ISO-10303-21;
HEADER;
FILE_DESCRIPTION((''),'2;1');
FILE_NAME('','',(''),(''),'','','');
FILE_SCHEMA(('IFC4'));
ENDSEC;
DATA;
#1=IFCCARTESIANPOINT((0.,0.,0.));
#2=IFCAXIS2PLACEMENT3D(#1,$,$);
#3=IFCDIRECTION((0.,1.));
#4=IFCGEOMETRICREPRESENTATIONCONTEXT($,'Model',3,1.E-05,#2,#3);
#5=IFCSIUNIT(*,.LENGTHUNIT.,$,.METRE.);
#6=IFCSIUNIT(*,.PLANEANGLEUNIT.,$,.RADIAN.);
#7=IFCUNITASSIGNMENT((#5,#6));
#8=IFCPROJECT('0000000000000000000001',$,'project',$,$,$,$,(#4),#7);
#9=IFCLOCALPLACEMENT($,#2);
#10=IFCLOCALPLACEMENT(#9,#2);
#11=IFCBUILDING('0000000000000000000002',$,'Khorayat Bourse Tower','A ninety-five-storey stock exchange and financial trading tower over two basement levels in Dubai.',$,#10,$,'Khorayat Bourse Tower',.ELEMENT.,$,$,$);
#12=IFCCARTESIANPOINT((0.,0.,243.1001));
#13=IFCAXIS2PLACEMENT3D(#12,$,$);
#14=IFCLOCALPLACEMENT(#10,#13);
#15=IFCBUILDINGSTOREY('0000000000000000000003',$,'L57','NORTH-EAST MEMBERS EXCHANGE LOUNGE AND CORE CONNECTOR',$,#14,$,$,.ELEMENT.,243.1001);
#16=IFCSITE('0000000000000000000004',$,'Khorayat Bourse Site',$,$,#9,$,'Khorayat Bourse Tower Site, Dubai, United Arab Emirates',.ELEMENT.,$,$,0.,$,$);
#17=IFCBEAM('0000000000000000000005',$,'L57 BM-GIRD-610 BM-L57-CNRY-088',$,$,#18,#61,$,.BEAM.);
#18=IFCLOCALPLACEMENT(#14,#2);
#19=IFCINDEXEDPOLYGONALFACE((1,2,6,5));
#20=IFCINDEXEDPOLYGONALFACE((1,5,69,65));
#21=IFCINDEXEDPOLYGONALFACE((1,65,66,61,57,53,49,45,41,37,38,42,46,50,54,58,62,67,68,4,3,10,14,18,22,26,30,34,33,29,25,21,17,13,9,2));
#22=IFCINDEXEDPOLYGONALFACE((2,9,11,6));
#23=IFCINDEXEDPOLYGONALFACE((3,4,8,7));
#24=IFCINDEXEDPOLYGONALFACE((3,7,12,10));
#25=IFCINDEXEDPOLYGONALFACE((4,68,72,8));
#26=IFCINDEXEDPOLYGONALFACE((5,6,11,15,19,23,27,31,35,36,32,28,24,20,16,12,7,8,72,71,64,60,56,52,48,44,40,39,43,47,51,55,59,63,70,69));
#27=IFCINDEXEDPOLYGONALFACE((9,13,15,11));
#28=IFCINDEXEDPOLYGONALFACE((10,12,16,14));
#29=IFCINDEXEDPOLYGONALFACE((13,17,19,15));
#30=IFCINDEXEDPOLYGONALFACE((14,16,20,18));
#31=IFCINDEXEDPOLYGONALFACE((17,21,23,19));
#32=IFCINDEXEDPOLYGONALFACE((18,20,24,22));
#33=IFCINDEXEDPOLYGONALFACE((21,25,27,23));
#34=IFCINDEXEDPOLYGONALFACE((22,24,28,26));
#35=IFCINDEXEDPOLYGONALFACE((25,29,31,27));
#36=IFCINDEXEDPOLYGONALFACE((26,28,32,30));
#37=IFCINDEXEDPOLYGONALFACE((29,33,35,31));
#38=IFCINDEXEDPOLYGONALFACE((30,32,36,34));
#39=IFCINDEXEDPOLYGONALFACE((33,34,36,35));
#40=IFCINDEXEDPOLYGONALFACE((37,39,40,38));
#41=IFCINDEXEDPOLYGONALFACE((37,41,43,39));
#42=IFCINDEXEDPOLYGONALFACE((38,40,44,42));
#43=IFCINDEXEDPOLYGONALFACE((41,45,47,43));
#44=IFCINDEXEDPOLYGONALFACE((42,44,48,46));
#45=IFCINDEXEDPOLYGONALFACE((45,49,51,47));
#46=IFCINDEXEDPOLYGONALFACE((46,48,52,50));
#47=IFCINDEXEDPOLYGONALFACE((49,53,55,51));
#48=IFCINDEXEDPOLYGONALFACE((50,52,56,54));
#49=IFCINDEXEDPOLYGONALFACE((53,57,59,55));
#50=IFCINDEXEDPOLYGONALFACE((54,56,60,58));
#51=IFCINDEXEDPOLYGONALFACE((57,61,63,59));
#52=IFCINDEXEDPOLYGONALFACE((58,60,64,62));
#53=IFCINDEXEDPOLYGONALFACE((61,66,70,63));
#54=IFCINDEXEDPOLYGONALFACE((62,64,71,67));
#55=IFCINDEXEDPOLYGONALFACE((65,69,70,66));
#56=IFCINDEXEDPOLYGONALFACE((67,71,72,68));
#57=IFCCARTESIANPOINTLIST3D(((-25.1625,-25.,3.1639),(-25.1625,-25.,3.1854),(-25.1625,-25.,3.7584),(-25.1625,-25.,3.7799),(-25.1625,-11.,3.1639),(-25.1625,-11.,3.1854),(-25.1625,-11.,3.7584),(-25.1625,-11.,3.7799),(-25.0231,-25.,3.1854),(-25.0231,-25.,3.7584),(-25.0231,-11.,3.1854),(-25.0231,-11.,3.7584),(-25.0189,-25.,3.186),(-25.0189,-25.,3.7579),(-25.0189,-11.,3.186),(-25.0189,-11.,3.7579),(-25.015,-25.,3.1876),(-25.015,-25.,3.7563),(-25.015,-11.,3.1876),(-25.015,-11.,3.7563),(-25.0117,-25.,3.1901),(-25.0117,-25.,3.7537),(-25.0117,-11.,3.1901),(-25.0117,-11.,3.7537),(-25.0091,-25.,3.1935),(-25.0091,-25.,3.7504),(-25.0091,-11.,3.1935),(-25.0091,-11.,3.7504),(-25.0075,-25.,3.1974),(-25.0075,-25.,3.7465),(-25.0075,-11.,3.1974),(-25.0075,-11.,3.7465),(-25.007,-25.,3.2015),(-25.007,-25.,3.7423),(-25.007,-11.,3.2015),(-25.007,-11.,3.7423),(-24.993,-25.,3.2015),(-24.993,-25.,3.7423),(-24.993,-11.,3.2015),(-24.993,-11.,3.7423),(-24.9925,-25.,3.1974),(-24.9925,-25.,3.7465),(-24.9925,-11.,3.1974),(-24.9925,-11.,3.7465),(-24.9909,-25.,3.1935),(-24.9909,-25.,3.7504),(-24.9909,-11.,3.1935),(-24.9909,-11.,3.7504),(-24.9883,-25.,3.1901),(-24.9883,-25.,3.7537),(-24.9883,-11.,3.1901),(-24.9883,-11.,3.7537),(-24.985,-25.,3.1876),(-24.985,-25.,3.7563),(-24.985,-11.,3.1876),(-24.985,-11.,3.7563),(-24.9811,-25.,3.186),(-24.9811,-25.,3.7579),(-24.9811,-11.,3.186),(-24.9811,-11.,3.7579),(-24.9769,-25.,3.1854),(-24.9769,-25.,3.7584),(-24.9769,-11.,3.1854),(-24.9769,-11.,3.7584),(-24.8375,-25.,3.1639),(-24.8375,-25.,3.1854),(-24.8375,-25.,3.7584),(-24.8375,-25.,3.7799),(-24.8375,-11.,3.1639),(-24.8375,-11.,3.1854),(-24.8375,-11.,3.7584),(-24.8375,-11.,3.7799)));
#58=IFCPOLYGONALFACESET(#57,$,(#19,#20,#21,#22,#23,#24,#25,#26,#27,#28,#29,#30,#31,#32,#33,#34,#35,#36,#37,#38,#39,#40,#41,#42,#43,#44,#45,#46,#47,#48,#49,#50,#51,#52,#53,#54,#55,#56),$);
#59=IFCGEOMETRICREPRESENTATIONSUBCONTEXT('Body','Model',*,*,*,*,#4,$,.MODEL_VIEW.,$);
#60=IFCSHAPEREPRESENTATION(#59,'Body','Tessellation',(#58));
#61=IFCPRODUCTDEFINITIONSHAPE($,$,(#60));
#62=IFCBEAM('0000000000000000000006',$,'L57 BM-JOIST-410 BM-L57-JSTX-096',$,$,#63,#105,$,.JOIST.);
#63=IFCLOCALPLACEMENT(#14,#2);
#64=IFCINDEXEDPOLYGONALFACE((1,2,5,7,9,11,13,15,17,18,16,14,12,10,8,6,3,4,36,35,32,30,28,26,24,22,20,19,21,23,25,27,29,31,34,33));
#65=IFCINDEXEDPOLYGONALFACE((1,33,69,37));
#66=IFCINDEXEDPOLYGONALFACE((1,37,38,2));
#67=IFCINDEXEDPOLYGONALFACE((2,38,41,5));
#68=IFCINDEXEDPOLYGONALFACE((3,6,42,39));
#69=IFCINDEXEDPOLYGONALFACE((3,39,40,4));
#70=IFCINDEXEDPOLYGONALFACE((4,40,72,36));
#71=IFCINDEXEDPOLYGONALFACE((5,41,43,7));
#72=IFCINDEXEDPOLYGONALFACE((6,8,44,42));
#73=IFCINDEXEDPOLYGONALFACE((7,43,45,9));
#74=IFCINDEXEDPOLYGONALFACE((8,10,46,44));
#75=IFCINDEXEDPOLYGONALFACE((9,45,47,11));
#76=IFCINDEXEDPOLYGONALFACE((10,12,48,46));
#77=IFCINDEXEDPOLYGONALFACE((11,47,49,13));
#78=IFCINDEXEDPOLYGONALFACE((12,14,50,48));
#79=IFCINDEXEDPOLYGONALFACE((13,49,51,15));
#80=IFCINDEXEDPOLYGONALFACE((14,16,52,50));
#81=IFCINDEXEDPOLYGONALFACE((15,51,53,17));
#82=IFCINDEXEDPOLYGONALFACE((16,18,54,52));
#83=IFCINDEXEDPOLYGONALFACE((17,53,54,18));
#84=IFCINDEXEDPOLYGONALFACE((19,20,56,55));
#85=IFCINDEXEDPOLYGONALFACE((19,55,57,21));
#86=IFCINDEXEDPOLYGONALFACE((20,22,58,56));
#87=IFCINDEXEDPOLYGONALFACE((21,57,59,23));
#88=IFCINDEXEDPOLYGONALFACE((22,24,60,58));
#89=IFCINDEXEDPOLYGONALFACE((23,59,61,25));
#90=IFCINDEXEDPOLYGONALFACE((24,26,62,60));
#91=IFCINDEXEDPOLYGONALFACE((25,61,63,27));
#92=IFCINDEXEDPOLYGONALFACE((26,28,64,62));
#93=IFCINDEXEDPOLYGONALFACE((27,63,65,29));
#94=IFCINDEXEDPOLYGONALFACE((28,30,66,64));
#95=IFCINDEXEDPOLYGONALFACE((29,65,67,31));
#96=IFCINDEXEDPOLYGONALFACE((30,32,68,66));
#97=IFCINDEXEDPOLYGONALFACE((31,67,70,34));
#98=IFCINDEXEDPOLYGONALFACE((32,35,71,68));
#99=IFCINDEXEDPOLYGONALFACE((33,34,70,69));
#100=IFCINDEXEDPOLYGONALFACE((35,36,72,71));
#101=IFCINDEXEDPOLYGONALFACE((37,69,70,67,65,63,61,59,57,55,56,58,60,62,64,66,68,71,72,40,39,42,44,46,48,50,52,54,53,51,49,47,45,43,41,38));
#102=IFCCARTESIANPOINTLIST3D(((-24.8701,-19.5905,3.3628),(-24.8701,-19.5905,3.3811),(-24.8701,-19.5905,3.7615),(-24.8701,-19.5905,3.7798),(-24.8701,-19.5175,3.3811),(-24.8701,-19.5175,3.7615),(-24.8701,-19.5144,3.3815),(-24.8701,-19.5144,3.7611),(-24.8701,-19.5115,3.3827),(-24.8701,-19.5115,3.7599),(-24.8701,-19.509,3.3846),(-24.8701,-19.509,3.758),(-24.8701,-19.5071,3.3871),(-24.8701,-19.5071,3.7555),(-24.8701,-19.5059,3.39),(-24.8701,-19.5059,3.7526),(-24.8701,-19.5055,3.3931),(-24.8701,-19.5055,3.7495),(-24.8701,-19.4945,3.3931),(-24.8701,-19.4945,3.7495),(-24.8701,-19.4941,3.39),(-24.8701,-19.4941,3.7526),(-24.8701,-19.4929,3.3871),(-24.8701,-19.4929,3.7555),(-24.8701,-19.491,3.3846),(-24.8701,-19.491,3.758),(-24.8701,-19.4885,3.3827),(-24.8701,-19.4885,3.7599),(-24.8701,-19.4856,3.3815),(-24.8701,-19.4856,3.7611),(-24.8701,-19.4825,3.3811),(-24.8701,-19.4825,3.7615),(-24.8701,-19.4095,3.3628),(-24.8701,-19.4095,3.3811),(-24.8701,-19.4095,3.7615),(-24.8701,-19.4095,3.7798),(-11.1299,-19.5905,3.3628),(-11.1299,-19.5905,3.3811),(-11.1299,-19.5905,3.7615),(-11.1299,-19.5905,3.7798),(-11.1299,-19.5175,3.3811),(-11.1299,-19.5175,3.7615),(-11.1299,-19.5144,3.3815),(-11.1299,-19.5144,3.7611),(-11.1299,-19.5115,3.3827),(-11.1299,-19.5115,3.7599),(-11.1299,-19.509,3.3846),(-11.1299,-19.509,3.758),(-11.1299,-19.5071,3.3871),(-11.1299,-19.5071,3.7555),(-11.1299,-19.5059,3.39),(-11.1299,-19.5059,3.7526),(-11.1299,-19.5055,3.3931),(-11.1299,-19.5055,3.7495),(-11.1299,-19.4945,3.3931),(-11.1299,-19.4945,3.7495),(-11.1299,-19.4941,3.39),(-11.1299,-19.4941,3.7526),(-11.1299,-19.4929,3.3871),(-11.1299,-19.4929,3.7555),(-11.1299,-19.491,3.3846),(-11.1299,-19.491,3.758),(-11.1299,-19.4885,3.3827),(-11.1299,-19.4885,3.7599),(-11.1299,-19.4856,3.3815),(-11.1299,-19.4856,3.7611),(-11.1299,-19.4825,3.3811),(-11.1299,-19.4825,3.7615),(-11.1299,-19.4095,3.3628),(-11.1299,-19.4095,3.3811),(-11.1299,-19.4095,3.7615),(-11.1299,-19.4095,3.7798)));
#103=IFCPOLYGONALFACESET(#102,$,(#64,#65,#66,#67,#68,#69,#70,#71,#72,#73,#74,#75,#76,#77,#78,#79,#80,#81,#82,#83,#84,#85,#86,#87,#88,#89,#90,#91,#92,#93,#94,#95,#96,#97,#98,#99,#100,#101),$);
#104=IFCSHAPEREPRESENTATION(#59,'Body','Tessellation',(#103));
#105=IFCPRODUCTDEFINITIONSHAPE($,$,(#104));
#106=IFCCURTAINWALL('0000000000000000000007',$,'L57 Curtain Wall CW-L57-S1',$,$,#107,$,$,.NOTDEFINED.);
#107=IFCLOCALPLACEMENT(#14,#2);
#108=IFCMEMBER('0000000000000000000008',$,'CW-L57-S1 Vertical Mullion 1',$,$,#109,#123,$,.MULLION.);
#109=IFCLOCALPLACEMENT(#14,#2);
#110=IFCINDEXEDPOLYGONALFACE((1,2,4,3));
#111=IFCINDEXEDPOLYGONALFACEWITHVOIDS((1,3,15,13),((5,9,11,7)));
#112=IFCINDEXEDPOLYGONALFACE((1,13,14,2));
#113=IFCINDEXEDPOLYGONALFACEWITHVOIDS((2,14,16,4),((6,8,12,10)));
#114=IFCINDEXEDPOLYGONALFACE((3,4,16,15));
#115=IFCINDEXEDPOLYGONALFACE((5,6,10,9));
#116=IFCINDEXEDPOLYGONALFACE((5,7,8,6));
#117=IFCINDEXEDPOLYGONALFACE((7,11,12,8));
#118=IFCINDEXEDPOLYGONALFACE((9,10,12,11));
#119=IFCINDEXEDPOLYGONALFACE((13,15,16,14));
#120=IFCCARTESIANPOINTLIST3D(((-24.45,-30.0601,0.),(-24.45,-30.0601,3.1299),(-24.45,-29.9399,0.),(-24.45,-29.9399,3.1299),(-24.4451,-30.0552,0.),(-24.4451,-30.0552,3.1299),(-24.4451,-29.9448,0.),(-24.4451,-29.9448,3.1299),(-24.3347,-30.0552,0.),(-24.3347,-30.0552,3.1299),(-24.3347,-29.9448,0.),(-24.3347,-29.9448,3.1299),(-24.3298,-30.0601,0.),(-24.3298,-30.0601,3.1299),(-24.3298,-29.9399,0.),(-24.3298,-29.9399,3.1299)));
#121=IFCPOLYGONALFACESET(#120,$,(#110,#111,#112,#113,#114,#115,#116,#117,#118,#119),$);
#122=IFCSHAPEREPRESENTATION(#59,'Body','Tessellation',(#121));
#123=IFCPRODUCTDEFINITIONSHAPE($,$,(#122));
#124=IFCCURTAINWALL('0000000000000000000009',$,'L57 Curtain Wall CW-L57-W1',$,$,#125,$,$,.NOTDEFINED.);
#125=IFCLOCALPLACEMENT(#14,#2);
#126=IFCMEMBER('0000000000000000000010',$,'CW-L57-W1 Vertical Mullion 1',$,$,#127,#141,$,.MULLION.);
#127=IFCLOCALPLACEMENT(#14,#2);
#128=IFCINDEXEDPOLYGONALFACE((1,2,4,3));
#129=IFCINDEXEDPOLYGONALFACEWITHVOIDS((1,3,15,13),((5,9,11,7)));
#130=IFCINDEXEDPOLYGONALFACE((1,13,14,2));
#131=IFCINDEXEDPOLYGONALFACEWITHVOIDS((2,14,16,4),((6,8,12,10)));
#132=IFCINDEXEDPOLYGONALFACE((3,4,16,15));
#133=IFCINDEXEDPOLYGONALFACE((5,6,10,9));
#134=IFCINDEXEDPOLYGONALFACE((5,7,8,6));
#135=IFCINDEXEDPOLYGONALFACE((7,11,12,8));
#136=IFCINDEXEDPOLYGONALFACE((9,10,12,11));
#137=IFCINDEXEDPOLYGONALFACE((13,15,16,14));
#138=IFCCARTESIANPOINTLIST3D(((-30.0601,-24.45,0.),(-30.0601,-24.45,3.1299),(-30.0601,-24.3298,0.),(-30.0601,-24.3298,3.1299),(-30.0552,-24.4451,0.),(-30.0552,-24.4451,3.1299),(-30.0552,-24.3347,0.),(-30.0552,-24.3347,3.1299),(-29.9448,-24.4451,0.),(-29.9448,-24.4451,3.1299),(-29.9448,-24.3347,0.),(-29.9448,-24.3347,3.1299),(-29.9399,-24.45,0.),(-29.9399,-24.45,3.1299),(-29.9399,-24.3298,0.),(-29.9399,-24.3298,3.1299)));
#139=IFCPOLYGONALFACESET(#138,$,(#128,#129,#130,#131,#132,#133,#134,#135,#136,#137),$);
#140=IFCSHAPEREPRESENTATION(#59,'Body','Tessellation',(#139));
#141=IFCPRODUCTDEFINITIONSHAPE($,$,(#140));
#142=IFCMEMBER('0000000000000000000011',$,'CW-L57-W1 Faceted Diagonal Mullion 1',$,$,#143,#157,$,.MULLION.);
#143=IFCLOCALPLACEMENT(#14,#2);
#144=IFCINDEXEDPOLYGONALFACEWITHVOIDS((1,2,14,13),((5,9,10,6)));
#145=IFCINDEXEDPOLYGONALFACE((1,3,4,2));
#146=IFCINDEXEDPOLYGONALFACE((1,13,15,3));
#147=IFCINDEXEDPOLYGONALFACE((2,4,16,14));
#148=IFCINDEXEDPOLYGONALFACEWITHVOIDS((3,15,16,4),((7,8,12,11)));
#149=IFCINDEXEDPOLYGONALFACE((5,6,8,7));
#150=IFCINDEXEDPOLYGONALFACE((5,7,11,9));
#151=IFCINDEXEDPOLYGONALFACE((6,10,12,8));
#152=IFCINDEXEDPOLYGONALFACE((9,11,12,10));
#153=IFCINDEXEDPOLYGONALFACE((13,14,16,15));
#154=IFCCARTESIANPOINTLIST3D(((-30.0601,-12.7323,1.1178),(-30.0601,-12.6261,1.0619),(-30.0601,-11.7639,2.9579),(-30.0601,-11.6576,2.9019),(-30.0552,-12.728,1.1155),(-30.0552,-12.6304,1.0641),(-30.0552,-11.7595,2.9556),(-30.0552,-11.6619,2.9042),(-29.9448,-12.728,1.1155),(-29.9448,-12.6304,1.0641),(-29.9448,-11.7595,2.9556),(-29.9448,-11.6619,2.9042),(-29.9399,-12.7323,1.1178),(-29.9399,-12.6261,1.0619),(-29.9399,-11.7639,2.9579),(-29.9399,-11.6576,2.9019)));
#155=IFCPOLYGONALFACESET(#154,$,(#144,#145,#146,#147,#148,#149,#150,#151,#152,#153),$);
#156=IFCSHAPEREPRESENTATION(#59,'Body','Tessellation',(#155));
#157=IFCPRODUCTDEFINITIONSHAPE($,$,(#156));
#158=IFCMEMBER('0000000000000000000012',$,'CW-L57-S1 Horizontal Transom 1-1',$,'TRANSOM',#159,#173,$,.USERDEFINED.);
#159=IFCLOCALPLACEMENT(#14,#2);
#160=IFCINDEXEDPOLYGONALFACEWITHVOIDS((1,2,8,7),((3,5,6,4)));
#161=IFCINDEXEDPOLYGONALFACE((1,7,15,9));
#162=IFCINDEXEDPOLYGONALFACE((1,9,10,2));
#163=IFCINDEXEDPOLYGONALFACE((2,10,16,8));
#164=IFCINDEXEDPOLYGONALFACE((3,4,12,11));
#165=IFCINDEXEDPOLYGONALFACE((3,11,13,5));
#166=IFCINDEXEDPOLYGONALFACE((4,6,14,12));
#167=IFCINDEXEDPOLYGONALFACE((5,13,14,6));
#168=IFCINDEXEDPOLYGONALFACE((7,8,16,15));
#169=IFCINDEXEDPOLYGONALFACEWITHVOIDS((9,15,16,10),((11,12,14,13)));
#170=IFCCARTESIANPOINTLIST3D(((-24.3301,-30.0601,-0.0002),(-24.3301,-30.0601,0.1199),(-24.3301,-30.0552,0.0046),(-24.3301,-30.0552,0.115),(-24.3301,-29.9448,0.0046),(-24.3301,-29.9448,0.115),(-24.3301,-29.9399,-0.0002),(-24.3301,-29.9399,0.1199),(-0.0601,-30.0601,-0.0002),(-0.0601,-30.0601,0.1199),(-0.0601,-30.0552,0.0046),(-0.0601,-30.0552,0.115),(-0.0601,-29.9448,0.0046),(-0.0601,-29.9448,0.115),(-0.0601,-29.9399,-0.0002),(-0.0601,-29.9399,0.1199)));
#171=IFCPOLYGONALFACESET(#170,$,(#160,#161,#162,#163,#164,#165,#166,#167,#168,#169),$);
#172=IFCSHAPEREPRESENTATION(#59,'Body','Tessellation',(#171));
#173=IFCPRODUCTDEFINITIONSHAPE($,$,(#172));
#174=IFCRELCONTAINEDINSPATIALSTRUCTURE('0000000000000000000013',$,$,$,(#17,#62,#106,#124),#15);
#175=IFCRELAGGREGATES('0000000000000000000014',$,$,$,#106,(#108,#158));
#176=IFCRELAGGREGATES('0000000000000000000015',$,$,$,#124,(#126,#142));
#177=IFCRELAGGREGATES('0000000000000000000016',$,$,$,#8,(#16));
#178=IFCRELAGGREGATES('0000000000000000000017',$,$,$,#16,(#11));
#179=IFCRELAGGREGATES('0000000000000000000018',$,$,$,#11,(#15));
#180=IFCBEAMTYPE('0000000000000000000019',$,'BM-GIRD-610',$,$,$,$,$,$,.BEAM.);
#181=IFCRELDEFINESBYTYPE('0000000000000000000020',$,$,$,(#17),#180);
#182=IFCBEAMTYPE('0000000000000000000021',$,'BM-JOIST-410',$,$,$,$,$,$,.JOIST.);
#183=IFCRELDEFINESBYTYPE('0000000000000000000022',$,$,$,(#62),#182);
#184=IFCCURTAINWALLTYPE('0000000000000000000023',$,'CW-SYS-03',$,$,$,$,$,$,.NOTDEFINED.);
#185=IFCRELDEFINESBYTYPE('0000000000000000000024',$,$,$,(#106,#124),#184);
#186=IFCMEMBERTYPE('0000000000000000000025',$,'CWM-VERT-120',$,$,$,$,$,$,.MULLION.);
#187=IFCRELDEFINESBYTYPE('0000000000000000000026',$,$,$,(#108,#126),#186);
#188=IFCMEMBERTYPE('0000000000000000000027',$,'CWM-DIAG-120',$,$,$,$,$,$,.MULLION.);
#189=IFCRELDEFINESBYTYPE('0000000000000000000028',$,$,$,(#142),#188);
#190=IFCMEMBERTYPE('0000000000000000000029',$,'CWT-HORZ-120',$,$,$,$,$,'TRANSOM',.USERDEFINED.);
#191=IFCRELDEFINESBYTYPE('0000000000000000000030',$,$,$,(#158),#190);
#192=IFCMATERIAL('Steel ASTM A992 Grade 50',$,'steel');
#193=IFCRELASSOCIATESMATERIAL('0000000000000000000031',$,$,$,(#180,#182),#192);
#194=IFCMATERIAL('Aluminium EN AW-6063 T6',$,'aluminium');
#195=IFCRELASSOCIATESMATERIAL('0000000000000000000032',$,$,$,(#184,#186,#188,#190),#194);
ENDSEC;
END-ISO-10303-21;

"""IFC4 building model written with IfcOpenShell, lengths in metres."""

from ifc_helpers import new_model, si_unit, direction, frame, origin, origin_2d, place, context, subcontext, project, spatial, hollow_rectangle, i_section, extrude, source, transform, mapped, material, material_profile, profile_set, type_object, element, aggregate, save


model = new_model("IFC4")

# Units and contexts
model_context = context("Model", 3, precision=1e-05, world=origin(), true_north=direction((0.0, 1.0)))
body_context = subcontext(model_context, "Body", "Model", "MODEL_VIEW")
ifc_project = project(units=[si_unit("LENGTHUNIT", "METRE"), si_unit("PLANEANGLEUNIT", "RADIAN")], contexts=[model_context])

# Site, building, storey
site_placement = place(None, origin())
site = spatial("IfcSite", under=ifc_project, at=site_placement, Name="Khorayat Bourse Site", LongName="Khorayat Bourse Tower Site, Dubai, United Arab Emirates", CompositionType="ELEMENT", RefElevation=0.0)
building_placement = place(site_placement, origin())
building = spatial("IfcBuilding", under=site, at=building_placement, Name="Khorayat Bourse Tower", Description="A ninety-five-storey stock exchange and financial trading tower over two basement levels in Dubai.", LongName="Khorayat Bourse Tower", CompositionType="ELEMENT")
storey_placement = place(building_placement, frame((0.0, 0.0, 243.1001)))
storey = spatial("IfcBuildingStorey", under=building, at=storey_placement, Name="L57", Description="NORTH-EAST MEMBERS EXCHANGE LOUNGE AND CORE CONNECTOR", CompositionType="ELEMENT", Elevation=243.1001)

# Beams
ifc_material_1 = material(Name="Steel ASTM A992 Grade 50", Category="steel")
ifc_material_profile_1 = material_profile(ifc_material_1, i_section(OverallWidth=0.325, OverallDepth=0.616, WebThickness=0.0139, FlangeThickness=0.0215, FilletRadius=0.0161, at=origin_2d()), Name="W610X174")
ifc_profile_set_1 = profile_set([ifc_material_profile_1], Name="Steel ASTM A992 Grade 50")
beam_type_1 = type_object("IfcBeamType", Name="BM-GIRD-610", PredefinedType="BEAM", material=ifc_profile_set_1)
shared_shape_1 = source(origin(), body_context, "Body", "SweptSolid", [
    extrude(i_section(OverallWidth=0.325, OverallDepth=0.616, WebThickness=0.0139, FlangeThickness=0.0215, FilletRadius=0.0161, at=origin_2d()), origin(), (0.0, 0.0, 1.0), 14.0),
])
beam_1_placement = place(storey_placement, frame((-25.0, -25.0, 3.4719), z_axis=(0.0, 1.0, 0.0), x_axis=(-1.0, 0.0, 0.0)))
element("IfcBeam", 1, at=beam_1_placement, inside=storey, type_object=beam_type_1, Name="L57 BM-GIRD-610 BM-L57-CNRY-088", PredefinedType="BEAM", context=body_context, shape_type="MappedRepresentation", body=[
    mapped(shared_shape_1, transform((0.0, 0.0, 0.0), scale=1.0)),
])
ifc_material_profile_2 = material_profile(ifc_material_1, i_section(OverallWidth=0.1809, OverallDepth=0.417, WebThickness=0.011, FlangeThickness=0.0183, FilletRadius=0.012, at=origin_2d()), Name="W410X85")
ifc_profile_set_2 = profile_set([ifc_material_profile_2], Name="Steel ASTM A992 Grade 50")
beam_type_2 = type_object("IfcBeamType", Name="BM-JOIST-410", PredefinedType="JOIST", material=ifc_profile_set_2)
shared_shape_2 = source(origin(), body_context, "Body", "SweptSolid", [
    extrude(i_section(OverallWidth=0.1809, OverallDepth=0.417, WebThickness=0.011, FlangeThickness=0.0183, FilletRadius=0.012, at=origin_2d()), origin(), (0.0, 0.0, 1.0), 13.7402),
])
beam_2_placement = place(storey_placement, frame((-24.8701, -19.5, 3.5713), z_axis=(1.0, 0.0, 0.0), x_axis=(0.0, 1.0, 0.0)))
element("IfcBeam", 2, at=beam_2_placement, inside=storey, type_object=beam_type_2, Name="L57 BM-JOIST-410 BM-L57-JSTX-096", PredefinedType="JOIST", context=body_context, shape_type="MappedRepresentation", body=[
    mapped(shared_shape_2, transform((0.0, 0.0, 0.0), scale=1.0)),
])

# Curtain wall, member
ifc_material_2 = material(Name="Aluminium EN AW-6063 T6", Category="aluminium")
curtain_wall_type = type_object("IfcCurtainWallType", Name="CW-SYS-03", PredefinedType="NOTDEFINED", material=ifc_material_2)
curtain_wall_1_placement = place(storey_placement, origin())
curtain_wall_1 = element("IfcCurtainWall", 3, at=curtain_wall_1_placement, inside=storey, type_object=curtain_wall_type, Name="L57 Curtain Wall CW-L57-S1", PredefinedType="NOTDEFINED")
ifc_material_profile_3 = material_profile(ifc_material_2, hollow_rectangle(XDim=0.1201, YDim=0.1201, WallThickness=0.0049, at=origin_2d()), Name="ALU 120x120x5")
ifc_profile_set_3 = profile_set([ifc_material_profile_3], Name="Aluminium EN AW-6063 T6")
member_type_1 = type_object("IfcMemberType", Name="CWM-VERT-120", PredefinedType="MULLION", material=ifc_profile_set_3)
shared_shape_3 = source(origin(), body_context, "Body", "SweptSolid", [
    extrude(hollow_rectangle(XDim=0.1201, YDim=0.1201, WallThickness=0.0049, at=origin_2d()), origin(), (0.0, 0.0, 1.0), 3.1299),
])
member_1_placement = place(storey_placement, frame((-24.3899, -30.0, 0.0), z_axis=(0.0, 0.0, 1.0), x_axis=(0.0, 1.0, 0.0)))
member_1 = element("IfcMember", 4, at=member_1_placement, type_object=member_type_1, Name="CW-L57-S1 Vertical Mullion 1", PredefinedType="MULLION", context=body_context, shape_type="MappedRepresentation", body=[
    mapped(shared_shape_3, transform((0.0, 0.0, 0.0), scale=1.0)),
])

# Curtain wall, members
curtain_wall_2_placement = place(storey_placement, origin())
curtain_wall_2 = element("IfcCurtainWall", 5, at=curtain_wall_2_placement, inside=storey, type_object=curtain_wall_type, Name="L57 Curtain Wall CW-L57-W1", PredefinedType="NOTDEFINED")
member_2_placement = place(storey_placement, frame((-30.0, -24.3899, 0.0), z_axis=(0.0, 0.0, 1.0), x_axis=(-1.0, 0.0, 0.0)))
member_2 = element("IfcMember", 6, at=member_2_placement, type_object=member_type_1, Name="CW-L57-W1 Vertical Mullion 1", PredefinedType="MULLION", context=body_context, shape_type="MappedRepresentation", body=[
    mapped(shared_shape_3, transform((0.0, 0.0, 0.0), scale=1.0)),
])
ifc_material_profile_4 = material_profile(ifc_material_2, hollow_rectangle(XDim=0.1201, YDim=0.1201, WallThickness=0.0049, at=origin_2d()), Name="ALU 120x120x5")
ifc_profile_set_4 = profile_set([ifc_material_profile_4], Name="Aluminium EN AW-6063 T6")
member_type_2 = type_object("IfcMemberType", Name="CWM-DIAG-120", PredefinedType="MULLION", material=ifc_profile_set_4)
shared_shape_4 = source(origin(), body_context, "Body", "SweptSolid", [
    extrude(hollow_rectangle(XDim=0.1201, YDim=0.1201, WallThickness=0.0049, at=origin_2d()), origin(), (0.0, 0.0, 1.0), 2.0793),
])
member_3_placement = place(storey_placement, frame((-30.0, -12.6792, 1.0898), z_axis=(0.0, 0.465761, 0.884911), x_axis=(-1.0, 0.0, 0.0)))
member_3 = element("IfcMember", 7, at=member_3_placement, type_object=member_type_2, Name="CW-L57-W1 Faceted Diagonal Mullion 1", PredefinedType="MULLION", context=body_context, shape_type="MappedRepresentation", body=[
    mapped(shared_shape_4, transform((0.0, 0.0, 0.0), scale=1.0)),
])

# Member
ifc_material_profile_5 = material_profile(ifc_material_2, hollow_rectangle(XDim=0.1201, YDim=0.1201, WallThickness=0.0049, at=origin_2d()), Name="ALU 120x120x5")
ifc_profile_set_5 = profile_set([ifc_material_profile_5], Name="Aluminium EN AW-6063 T6")
member_type_3 = type_object("IfcMemberType", Name="CWT-HORZ-120", ElementType="TRANSOM", PredefinedType="USERDEFINED", material=ifc_profile_set_5)
shared_shape_5 = source(origin(), body_context, "Body", "SweptSolid", [
    extrude(hollow_rectangle(XDim=0.1201, YDim=0.1201, WallThickness=0.0049, at=origin_2d()), origin(), (0.0, 0.0, 1.0), 24.27),
])
member_4_placement = place(storey_placement, frame((-24.3301, -30.0, 0.0598), z_axis=(1.0, 0.0, 0.0), x_axis=(0.0, 1.0, 0.0)))
member_4 = element("IfcMember", 8, at=member_4_placement, type_object=member_type_3, Name="CW-L57-S1 Horizontal Transom 1-1", ObjectType="TRANSOM", PredefinedType="USERDEFINED", context=body_context, shape_type="MappedRepresentation", body=[
    mapped(shared_shape_5, transform((0.0, 0.0, 0.0), scale=1.0)),
])
aggregate(curtain_wall_1, [member_1, member_4])

aggregate(curtain_wall_2, [member_2, member_3])

save(model, "model.ifc")
